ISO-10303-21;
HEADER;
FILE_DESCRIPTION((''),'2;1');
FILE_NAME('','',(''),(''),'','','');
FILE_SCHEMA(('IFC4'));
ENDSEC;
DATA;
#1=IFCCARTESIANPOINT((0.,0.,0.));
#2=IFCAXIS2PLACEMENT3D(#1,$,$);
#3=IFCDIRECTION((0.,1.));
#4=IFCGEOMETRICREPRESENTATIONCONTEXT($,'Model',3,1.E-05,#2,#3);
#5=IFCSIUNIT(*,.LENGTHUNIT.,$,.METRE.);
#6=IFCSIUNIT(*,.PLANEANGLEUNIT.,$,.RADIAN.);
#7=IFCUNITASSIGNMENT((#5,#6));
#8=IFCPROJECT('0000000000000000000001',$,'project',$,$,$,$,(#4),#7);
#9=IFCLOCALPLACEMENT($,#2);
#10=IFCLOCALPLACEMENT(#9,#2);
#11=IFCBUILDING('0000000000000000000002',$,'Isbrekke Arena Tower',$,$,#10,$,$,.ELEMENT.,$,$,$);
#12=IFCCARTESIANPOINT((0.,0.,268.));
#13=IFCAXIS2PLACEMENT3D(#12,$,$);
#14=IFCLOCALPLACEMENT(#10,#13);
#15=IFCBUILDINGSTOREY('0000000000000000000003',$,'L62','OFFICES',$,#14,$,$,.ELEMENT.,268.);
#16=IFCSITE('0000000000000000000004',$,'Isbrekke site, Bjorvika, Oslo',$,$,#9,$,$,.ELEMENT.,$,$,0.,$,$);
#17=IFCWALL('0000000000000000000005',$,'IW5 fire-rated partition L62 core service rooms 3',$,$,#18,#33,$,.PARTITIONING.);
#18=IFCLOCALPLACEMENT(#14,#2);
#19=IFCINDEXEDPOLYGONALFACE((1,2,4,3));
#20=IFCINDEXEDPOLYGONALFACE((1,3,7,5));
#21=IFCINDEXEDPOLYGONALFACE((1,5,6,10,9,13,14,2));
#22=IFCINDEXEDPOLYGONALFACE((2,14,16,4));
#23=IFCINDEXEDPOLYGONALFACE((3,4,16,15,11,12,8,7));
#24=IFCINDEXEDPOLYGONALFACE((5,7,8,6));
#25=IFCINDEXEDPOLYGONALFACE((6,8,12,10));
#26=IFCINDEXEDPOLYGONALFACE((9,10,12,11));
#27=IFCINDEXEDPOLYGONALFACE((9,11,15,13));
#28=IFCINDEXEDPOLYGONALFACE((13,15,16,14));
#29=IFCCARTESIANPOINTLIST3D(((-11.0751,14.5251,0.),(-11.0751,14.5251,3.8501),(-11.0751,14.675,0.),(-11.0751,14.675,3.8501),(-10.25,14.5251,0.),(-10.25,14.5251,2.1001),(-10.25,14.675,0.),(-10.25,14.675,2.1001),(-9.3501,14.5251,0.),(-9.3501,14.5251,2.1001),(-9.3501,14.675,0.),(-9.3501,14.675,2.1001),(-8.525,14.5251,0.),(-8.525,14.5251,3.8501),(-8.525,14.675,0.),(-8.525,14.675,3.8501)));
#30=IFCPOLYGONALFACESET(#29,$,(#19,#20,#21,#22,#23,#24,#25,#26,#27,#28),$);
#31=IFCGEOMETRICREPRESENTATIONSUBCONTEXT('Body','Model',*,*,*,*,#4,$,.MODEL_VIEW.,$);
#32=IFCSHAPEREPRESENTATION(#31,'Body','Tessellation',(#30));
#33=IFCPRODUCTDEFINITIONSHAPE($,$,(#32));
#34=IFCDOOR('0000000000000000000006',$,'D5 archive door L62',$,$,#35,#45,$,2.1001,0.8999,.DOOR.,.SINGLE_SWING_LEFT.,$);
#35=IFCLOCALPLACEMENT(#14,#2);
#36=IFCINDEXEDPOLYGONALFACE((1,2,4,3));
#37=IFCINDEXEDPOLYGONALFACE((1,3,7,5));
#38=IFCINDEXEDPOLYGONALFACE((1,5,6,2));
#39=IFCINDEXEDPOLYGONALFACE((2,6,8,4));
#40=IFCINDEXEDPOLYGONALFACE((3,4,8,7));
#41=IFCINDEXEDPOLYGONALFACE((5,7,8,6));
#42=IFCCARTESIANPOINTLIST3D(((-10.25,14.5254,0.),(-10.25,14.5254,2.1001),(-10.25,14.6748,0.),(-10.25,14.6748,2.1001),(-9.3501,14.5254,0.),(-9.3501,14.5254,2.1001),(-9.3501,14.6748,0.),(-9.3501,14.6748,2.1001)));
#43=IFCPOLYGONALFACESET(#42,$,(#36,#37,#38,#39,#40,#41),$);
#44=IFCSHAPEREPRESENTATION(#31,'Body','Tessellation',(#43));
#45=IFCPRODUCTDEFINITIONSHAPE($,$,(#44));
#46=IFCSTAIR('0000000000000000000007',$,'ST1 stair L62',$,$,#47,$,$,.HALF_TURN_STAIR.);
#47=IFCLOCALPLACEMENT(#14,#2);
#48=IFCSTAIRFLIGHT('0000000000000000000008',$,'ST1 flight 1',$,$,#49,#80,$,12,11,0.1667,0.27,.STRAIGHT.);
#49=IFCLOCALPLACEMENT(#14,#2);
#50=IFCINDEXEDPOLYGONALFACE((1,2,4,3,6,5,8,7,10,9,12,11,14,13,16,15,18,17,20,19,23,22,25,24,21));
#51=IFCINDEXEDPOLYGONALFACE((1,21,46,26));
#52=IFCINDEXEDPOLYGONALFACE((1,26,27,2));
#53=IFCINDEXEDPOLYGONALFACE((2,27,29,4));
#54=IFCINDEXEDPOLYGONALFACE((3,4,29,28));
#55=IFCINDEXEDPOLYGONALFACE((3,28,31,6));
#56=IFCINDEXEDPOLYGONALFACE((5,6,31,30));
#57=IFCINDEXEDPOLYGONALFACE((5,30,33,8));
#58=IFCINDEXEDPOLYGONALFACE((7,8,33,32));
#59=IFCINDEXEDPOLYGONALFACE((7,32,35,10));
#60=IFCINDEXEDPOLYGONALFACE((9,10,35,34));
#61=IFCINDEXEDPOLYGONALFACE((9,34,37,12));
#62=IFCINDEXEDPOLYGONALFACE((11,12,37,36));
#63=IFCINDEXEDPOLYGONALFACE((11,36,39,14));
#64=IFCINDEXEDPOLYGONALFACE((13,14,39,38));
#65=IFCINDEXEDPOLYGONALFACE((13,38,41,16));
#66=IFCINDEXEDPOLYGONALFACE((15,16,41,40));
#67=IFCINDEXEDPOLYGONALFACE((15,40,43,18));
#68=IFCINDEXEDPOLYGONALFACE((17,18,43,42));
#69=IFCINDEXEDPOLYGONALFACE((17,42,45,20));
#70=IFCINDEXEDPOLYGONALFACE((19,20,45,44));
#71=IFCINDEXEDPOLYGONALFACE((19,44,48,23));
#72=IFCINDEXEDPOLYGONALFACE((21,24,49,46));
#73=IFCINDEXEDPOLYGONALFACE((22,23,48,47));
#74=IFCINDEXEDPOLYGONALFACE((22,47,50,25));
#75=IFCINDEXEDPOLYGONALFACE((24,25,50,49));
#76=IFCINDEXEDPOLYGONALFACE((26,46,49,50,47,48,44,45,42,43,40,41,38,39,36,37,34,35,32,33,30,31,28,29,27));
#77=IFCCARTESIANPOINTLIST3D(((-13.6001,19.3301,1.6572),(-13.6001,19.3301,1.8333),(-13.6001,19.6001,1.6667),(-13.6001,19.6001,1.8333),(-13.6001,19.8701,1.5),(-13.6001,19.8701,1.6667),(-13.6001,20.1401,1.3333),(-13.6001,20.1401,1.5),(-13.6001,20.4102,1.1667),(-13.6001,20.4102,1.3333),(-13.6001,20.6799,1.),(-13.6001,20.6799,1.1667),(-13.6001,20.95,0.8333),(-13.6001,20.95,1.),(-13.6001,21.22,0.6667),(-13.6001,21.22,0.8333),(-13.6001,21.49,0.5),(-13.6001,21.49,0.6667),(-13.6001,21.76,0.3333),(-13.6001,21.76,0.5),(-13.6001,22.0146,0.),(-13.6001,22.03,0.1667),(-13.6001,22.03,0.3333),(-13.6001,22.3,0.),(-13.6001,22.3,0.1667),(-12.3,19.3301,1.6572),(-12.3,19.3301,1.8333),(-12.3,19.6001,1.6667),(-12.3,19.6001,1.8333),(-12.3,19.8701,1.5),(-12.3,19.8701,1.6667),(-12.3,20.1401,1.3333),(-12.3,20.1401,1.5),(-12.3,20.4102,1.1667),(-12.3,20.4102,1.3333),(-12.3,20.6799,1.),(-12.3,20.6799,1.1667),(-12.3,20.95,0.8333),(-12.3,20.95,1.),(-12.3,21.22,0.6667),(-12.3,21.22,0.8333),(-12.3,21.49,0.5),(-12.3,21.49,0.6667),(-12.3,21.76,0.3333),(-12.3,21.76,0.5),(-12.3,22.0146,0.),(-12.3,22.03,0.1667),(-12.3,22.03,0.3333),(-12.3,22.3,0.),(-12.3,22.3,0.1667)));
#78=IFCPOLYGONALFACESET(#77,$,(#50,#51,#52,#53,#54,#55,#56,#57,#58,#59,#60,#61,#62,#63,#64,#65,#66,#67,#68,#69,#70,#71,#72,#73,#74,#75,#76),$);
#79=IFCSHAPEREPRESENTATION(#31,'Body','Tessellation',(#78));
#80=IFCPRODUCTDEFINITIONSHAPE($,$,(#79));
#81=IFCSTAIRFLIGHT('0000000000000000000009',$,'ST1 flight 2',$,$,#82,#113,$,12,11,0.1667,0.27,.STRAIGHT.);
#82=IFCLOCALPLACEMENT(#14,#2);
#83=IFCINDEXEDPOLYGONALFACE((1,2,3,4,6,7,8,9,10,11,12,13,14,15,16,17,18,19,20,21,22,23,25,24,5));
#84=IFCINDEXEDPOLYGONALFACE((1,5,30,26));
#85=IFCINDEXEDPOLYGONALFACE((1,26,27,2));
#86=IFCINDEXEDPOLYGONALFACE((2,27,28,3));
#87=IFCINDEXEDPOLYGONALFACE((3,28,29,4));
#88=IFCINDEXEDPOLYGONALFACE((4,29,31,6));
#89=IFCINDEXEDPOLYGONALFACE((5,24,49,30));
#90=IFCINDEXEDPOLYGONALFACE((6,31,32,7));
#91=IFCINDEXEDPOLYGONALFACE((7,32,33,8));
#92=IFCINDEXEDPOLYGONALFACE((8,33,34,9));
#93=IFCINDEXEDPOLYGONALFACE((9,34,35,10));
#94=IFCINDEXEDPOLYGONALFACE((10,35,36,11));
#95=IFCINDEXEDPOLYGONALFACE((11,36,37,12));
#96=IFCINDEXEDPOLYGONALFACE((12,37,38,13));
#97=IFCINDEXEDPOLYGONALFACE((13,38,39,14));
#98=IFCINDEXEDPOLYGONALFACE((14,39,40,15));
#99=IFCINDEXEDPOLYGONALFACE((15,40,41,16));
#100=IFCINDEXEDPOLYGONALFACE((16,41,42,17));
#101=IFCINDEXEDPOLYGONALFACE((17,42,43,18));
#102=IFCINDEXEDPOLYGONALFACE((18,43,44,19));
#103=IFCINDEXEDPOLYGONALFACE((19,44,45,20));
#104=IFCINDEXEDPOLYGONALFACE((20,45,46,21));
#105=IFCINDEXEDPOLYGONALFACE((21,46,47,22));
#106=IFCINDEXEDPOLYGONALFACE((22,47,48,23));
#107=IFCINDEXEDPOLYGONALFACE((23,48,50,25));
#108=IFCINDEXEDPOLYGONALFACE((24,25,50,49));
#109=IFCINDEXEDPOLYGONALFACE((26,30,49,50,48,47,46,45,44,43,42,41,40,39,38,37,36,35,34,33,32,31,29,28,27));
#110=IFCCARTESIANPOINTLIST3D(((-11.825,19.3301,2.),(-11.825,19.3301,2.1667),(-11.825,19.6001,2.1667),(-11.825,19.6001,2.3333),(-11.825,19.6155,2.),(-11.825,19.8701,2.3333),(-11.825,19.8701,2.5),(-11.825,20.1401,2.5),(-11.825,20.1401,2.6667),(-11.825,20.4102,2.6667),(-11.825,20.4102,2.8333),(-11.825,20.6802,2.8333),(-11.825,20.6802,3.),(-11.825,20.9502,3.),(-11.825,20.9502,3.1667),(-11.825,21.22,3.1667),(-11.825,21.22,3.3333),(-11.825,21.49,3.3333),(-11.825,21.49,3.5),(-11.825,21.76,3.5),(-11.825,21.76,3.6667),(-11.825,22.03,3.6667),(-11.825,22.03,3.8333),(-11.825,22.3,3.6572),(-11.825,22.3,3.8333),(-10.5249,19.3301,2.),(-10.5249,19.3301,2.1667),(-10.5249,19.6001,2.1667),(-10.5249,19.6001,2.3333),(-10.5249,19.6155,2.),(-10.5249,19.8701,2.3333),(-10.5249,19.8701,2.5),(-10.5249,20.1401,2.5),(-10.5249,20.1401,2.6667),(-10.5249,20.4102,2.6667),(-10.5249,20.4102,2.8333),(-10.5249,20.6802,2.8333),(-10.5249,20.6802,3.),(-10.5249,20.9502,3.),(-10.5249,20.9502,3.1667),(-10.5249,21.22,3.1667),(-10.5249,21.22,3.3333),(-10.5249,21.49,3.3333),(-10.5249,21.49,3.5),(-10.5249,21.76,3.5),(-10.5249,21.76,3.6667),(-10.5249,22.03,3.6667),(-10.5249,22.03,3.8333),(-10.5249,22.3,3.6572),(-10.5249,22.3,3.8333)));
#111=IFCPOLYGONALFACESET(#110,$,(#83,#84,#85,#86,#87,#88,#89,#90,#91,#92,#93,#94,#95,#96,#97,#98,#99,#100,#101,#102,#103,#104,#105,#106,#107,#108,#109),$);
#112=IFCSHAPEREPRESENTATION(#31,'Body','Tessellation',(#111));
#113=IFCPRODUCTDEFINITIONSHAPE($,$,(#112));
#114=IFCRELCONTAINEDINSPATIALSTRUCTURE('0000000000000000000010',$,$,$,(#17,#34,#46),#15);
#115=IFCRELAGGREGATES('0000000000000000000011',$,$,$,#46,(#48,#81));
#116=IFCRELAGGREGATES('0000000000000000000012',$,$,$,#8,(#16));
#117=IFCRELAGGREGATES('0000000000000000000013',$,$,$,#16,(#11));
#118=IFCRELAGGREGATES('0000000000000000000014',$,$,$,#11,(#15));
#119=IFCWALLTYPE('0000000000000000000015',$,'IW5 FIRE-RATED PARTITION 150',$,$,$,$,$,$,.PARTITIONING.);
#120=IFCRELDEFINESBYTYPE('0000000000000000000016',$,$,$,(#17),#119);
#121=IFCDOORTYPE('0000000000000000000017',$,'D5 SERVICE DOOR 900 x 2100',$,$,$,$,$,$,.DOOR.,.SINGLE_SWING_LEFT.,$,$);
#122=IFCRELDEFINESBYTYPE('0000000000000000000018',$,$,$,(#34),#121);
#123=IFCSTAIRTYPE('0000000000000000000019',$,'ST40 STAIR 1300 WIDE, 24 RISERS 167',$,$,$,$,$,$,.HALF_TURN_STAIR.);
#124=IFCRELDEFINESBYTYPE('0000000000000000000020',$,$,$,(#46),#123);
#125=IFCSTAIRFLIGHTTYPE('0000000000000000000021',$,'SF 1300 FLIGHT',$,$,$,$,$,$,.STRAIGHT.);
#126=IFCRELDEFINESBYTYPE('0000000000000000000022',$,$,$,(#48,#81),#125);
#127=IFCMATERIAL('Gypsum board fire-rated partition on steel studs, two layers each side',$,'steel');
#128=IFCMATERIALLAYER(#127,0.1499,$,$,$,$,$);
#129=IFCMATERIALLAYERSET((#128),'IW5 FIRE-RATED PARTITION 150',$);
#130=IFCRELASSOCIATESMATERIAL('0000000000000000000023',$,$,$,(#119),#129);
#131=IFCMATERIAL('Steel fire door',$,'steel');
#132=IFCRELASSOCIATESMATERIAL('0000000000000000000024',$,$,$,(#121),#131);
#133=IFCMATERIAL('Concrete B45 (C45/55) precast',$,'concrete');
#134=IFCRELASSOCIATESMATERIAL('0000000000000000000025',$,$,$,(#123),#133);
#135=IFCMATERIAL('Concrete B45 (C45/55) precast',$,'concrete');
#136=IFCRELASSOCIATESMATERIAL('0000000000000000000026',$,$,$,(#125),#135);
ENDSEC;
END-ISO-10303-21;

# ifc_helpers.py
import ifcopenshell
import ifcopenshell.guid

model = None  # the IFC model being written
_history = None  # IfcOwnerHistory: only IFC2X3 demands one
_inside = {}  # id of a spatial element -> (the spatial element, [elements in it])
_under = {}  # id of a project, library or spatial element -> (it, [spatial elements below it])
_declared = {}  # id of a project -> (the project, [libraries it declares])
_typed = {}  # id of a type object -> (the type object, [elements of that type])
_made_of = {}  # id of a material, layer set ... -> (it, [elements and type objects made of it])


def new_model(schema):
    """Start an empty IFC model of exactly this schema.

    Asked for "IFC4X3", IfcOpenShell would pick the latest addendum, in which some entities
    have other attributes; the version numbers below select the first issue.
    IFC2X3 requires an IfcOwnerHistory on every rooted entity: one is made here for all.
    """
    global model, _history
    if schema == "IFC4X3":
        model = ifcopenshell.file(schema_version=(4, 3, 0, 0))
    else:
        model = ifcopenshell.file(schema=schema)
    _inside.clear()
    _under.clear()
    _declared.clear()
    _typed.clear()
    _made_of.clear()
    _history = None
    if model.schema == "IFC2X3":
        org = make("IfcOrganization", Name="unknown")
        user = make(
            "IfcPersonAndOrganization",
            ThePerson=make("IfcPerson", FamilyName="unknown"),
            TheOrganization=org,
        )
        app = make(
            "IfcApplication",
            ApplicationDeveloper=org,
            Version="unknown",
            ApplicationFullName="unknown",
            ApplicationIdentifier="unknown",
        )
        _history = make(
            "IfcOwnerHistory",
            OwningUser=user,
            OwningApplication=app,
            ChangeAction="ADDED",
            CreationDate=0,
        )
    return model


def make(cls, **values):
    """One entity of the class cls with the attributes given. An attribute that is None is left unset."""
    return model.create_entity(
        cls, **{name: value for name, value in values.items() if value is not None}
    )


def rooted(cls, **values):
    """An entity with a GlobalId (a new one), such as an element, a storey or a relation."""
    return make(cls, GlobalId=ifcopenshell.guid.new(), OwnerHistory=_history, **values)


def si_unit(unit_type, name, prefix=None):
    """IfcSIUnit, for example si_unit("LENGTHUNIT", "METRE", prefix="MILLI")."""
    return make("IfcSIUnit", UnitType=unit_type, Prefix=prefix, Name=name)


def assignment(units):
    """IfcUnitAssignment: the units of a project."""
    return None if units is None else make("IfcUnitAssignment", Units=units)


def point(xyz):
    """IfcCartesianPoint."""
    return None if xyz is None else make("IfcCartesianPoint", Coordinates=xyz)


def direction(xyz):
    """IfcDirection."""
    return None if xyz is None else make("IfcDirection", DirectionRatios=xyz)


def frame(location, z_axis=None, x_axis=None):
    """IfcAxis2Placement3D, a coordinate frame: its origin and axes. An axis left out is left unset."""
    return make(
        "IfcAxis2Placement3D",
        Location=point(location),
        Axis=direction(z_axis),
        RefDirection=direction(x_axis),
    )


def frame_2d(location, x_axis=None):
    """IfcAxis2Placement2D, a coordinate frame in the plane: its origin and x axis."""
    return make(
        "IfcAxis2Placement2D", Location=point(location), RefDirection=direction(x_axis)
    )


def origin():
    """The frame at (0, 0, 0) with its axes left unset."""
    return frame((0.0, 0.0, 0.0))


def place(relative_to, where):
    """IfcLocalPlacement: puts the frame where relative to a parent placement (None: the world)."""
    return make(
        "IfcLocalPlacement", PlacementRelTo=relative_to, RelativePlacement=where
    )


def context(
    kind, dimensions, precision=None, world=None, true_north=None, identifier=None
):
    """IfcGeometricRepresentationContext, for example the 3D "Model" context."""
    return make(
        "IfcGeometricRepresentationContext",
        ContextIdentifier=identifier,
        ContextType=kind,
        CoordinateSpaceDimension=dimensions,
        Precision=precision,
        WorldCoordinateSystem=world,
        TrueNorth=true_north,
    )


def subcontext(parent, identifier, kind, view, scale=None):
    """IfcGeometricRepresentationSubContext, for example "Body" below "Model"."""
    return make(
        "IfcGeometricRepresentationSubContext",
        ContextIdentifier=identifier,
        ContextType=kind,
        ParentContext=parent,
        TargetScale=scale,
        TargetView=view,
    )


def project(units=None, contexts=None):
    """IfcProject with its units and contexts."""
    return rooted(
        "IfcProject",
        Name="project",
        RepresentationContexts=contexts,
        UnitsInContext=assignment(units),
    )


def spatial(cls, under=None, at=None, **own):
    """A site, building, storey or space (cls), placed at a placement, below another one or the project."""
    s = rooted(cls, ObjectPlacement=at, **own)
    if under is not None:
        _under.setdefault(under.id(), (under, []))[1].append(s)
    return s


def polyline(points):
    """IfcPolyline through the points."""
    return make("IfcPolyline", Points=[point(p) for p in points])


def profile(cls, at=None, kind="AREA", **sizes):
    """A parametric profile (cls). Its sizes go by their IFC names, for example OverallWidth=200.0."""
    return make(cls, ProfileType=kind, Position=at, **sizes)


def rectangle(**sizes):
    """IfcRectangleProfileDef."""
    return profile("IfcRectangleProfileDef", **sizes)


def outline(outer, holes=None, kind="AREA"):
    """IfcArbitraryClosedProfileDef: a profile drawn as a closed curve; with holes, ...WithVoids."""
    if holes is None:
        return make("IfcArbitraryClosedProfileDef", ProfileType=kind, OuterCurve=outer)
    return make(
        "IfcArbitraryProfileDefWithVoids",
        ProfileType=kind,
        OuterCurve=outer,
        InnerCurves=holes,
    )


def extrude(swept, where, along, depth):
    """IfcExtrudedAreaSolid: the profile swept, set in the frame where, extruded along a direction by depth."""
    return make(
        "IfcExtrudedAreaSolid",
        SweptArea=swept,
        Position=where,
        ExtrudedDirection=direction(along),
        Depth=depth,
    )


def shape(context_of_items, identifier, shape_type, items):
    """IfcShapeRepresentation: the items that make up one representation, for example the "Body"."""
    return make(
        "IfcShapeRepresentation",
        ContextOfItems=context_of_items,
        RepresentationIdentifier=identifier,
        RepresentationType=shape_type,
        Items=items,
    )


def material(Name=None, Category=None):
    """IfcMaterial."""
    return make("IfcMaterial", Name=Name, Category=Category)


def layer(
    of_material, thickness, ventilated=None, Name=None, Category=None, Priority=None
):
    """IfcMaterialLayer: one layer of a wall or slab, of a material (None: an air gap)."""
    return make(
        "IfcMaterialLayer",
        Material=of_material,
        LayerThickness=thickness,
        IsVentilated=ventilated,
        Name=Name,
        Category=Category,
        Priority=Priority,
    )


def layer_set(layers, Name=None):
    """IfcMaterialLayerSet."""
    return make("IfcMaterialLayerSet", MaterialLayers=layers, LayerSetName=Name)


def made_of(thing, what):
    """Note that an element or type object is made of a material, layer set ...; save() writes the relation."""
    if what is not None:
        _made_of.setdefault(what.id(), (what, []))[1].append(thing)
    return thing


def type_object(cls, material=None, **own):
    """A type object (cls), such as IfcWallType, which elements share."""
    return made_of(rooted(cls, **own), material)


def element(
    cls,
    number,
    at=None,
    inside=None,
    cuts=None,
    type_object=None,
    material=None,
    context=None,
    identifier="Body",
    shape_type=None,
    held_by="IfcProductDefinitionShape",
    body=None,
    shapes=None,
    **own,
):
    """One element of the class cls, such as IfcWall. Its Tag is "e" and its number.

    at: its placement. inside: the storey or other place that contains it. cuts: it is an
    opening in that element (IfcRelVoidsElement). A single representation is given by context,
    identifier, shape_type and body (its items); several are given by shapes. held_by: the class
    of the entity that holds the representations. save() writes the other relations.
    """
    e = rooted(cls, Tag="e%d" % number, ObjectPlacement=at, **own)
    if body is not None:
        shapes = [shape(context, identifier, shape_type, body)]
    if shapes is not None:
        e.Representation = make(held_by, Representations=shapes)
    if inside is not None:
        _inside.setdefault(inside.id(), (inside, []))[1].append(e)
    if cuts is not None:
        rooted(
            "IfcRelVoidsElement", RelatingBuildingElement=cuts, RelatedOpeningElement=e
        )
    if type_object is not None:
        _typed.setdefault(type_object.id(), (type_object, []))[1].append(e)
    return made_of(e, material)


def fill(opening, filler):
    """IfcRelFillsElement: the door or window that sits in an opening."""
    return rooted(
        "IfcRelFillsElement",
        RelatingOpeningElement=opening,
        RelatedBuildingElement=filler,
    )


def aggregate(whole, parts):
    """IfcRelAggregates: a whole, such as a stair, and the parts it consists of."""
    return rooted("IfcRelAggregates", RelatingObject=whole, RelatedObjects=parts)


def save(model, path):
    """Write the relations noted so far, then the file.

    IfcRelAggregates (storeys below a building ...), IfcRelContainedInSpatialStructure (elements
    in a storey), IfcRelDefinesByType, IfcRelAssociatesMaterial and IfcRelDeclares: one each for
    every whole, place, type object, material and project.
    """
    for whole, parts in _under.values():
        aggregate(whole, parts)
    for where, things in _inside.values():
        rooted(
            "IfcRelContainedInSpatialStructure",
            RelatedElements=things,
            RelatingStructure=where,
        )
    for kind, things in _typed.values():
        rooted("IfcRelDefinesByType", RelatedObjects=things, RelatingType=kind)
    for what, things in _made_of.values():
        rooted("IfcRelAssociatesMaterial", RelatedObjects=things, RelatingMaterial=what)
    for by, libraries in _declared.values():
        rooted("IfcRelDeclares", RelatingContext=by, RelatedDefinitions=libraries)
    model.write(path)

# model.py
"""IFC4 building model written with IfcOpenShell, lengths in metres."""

from ifc_helpers import new_model, si_unit, direction, frame, frame_2d, origin, place, context, subcontext, project, spatial, polyline, rectangle, outline, extrude, material, layer, layer_set, type_object, element, fill, aggregate, save


model = new_model("IFC4")

# Units and contexts
model_context = context("Model", 3, precision=1e-05, world=origin(), true_north=direction((0.0, 1.0)))
body_context = subcontext(model_context, "Body", "Model", "MODEL_VIEW")
ifc_project = project(units=[si_unit("LENGTHUNIT", "METRE"), si_unit("PLANEANGLEUNIT", "RADIAN")], contexts=[model_context])

# Site, building, storey
site_placement = place(None, origin())
site = spatial("IfcSite", under=ifc_project, at=site_placement, Name="Isbrekke site, Bjorvika, Oslo", CompositionType="ELEMENT", RefElevation=0.0)
building_placement = place(site_placement, origin())
building = spatial("IfcBuilding", under=site, at=building_placement, Name="Isbrekke Arena Tower", CompositionType="ELEMENT")
storey_placement = place(building_placement, frame((0.0, 0.0, 268.0)))
storey = spatial("IfcBuildingStorey", under=building, at=storey_placement, Name="L62", Description="OFFICES", CompositionType="ELEMENT", Elevation=268.0)

# Wall, opening, door
ifc_material_1 = material(Name="Gypsum board fire-rated partition on steel studs, two layers each side", Category="steel")
ifc_layer_1 = layer(ifc_material_1, 0.1499)
ifc_layer_set_1 = layer_set([ifc_layer_1], Name="IW5 FIRE-RATED PARTITION 150")
wall_type_1 = type_object("IfcWallType", Name="IW5 FIRE-RATED PARTITION 150", PredefinedType="PARTITIONING", material=ifc_layer_set_1)
wall_1_placement = place(storey_placement, frame((-11.075, 14.6001, 0.0), z_axis=(0.0, 0.0, 1.0), x_axis=(1.0, 0.0, 0.0)))
wall_1 = element("IfcWall", 1, at=wall_1_placement, inside=storey, type_object=wall_type_1, Name="IW5 fire-rated partition L62 core service rooms 3", PredefinedType="PARTITIONING", context=body_context, shape_type="SweptSolid", body=[
    extrude(rectangle(XDim=2.55, YDim=0.1499, at=frame_2d((1.2749, 0.0))), origin(), (0.0, 0.0, 1.0), 3.8501),
])
opening_1_placement = place(wall_1_placement, frame((0.825, 0.0, 0.0)))
opening_1 = element("IfcOpeningElement", 2, at=opening_1_placement, cuts=wall_1, PredefinedType="OPENING", context=body_context, shape_type="SweptSolid", body=[
    extrude(rectangle(XDim=0.8999, YDim=2.1001, at=frame_2d((0.45, 1.05))), frame((0.0, 0.0898, 0.0), z_axis=(0.0, -1.0, 0.0), x_axis=(1.0, 0.0, 0.0)), (0.0, 0.0, 1.0), 0.1797),
])
ifc_material_2 = material(Name="Steel fire door", Category="steel")
door_type_1 = type_object("IfcDoorType", Name="D5 SERVICE DOOR 900 x 2100", OperationType="SINGLE_SWING_LEFT", PredefinedType="DOOR", material=ifc_material_2)
door_1_placement = place(opening_1_placement, origin())
door_1 = element("IfcDoor", 3, at=door_1_placement, inside=storey, type_object=door_type_1, Name="D5 archive door L62", OperationType="SINGLE_SWING_LEFT", OverallHeight=2.1001, OverallWidth=0.8999, PredefinedType="DOOR", context=body_context, shape_type="SweptSolid", body=[
    extrude(rectangle(XDim=0.8999, YDim=2.1001, at=frame_2d((0.45, 1.05))), frame((0.0, 0.0747, 0.0), z_axis=(0.0, -1.0, 0.0), x_axis=(1.0, 0.0, 0.0)), (0.0, 0.0, 1.0), 0.1494),
])
fill(opening_1, door_1)

# Stair, stair flights
ifc_material_3 = material(Name="Concrete B45 (C45/55) precast", Category="concrete")
stair_type = type_object("IfcStairType", Name="ST40 STAIR 1300 WIDE, 24 RISERS 167", PredefinedType="HALF_TURN_STAIR", material=ifc_material_3)
stair_placement = place(storey_placement, origin())
stair = element("IfcStair", 4, at=stair_placement, inside=storey, type_object=stair_type, Name="ST1 stair L62", PredefinedType="HALF_TURN_STAIR")
ifc_material_4 = material(Name="Concrete B45 (C45/55) precast", Category="concrete")
stair_flight_type = type_object("IfcStairFlightType", Name="SF 1300 FLIGHT", PredefinedType="STRAIGHT", material=ifc_material_4)
stair_flight_1_placement = place(storey_placement, frame((-12.95, 22.3, 0.0), z_axis=(0.0, 0.0, 1.0), x_axis=(0.0, -1.0, 0.0)))
stair_flight_1 = element("IfcStairFlight", 5, at=stair_flight_1_placement, type_object=stair_flight_type, Name="ST1 flight 1", NumberOfRisers=12, NumberOfTreads=11, PredefinedType="STRAIGHT", RiserHeight=0.1667, TreadLength=0.27, context=body_context, shape_type="SweptSolid", body=[
    extrude(outline(polyline([(0.0, 0.0), (0.0, 0.1667), (0.27, 0.1667), (0.27, 0.3333), (0.54, 0.3333), (0.54, 0.5), (0.8101, 0.5), (0.8101, 0.6667), (1.0801, 0.6667), (1.0801, 0.8333), (1.3501, 0.8333), (1.3501, 1.0), (1.6201, 1.0), (1.6201, 1.1667), (1.8899, 1.1667), (1.8899, 1.3333), (2.1599, 1.3333), (2.1599, 1.5), (2.4299, 1.5), (2.4299, 1.6667), (2.7, 1.6667), (2.7, 1.8333), (2.97, 1.8333), (2.97, 2.0), (2.97, 1.6572), (0.2854, 0.0), (0.0, 0.0)])), frame((0.0, 0.6499, 0.0), z_axis=(0.0, -1.0, 0.0), x_axis=(1.0, 0.0, 0.0)), (0.0, 0.0, 1.0), 1.3),
])
stair_flight_2_placement = place(storey_placement, frame((-11.175, 19.3301, 2.0), z_axis=(0.0, 0.0, 1.0), x_axis=(0.0, 1.0, 0.0)))
stair_flight_2 = element("IfcStairFlight", 6, at=stair_flight_2_placement, type_object=stair_flight_type, Name="ST1 flight 2", NumberOfRisers=12, NumberOfTreads=11, PredefinedType="STRAIGHT", RiserHeight=0.1667, TreadLength=0.27, context=body_context, shape_type="SweptSolid", body=[
    extrude(outline(polyline([(0.0, 0.0), (0.0, 0.1667), (0.27, 0.1667), (0.27, 0.3333), (0.54, 0.3333), (0.54, 0.5), (0.8101, 0.5), (0.8101, 0.6667), (1.0801, 0.6667), (1.0801, 0.8333), (1.3501, 0.8333), (1.3501, 1.0), (1.6201, 1.0), (1.6201, 1.1667), (1.8899, 1.1667), (1.8899, 1.3333), (2.1599, 1.3333), (2.1599, 1.5), (2.4299, 1.5), (2.4299, 1.6667), (2.7, 1.6667), (2.7, 1.8333), (2.97, 1.8333), (2.97, 2.0), (2.97, 1.6572), (0.2854, 0.0), (0.0, 0.0)])), frame((0.0, 0.6499, 0.0), z_axis=(0.0, -1.0, 0.0), x_axis=(1.0, 0.0, 0.0)), (0.0, 0.0, 1.0), 1.3),
])
aggregate(stair, [stair_flight_1, stair_flight_2])

save(model, "model.ifc")
